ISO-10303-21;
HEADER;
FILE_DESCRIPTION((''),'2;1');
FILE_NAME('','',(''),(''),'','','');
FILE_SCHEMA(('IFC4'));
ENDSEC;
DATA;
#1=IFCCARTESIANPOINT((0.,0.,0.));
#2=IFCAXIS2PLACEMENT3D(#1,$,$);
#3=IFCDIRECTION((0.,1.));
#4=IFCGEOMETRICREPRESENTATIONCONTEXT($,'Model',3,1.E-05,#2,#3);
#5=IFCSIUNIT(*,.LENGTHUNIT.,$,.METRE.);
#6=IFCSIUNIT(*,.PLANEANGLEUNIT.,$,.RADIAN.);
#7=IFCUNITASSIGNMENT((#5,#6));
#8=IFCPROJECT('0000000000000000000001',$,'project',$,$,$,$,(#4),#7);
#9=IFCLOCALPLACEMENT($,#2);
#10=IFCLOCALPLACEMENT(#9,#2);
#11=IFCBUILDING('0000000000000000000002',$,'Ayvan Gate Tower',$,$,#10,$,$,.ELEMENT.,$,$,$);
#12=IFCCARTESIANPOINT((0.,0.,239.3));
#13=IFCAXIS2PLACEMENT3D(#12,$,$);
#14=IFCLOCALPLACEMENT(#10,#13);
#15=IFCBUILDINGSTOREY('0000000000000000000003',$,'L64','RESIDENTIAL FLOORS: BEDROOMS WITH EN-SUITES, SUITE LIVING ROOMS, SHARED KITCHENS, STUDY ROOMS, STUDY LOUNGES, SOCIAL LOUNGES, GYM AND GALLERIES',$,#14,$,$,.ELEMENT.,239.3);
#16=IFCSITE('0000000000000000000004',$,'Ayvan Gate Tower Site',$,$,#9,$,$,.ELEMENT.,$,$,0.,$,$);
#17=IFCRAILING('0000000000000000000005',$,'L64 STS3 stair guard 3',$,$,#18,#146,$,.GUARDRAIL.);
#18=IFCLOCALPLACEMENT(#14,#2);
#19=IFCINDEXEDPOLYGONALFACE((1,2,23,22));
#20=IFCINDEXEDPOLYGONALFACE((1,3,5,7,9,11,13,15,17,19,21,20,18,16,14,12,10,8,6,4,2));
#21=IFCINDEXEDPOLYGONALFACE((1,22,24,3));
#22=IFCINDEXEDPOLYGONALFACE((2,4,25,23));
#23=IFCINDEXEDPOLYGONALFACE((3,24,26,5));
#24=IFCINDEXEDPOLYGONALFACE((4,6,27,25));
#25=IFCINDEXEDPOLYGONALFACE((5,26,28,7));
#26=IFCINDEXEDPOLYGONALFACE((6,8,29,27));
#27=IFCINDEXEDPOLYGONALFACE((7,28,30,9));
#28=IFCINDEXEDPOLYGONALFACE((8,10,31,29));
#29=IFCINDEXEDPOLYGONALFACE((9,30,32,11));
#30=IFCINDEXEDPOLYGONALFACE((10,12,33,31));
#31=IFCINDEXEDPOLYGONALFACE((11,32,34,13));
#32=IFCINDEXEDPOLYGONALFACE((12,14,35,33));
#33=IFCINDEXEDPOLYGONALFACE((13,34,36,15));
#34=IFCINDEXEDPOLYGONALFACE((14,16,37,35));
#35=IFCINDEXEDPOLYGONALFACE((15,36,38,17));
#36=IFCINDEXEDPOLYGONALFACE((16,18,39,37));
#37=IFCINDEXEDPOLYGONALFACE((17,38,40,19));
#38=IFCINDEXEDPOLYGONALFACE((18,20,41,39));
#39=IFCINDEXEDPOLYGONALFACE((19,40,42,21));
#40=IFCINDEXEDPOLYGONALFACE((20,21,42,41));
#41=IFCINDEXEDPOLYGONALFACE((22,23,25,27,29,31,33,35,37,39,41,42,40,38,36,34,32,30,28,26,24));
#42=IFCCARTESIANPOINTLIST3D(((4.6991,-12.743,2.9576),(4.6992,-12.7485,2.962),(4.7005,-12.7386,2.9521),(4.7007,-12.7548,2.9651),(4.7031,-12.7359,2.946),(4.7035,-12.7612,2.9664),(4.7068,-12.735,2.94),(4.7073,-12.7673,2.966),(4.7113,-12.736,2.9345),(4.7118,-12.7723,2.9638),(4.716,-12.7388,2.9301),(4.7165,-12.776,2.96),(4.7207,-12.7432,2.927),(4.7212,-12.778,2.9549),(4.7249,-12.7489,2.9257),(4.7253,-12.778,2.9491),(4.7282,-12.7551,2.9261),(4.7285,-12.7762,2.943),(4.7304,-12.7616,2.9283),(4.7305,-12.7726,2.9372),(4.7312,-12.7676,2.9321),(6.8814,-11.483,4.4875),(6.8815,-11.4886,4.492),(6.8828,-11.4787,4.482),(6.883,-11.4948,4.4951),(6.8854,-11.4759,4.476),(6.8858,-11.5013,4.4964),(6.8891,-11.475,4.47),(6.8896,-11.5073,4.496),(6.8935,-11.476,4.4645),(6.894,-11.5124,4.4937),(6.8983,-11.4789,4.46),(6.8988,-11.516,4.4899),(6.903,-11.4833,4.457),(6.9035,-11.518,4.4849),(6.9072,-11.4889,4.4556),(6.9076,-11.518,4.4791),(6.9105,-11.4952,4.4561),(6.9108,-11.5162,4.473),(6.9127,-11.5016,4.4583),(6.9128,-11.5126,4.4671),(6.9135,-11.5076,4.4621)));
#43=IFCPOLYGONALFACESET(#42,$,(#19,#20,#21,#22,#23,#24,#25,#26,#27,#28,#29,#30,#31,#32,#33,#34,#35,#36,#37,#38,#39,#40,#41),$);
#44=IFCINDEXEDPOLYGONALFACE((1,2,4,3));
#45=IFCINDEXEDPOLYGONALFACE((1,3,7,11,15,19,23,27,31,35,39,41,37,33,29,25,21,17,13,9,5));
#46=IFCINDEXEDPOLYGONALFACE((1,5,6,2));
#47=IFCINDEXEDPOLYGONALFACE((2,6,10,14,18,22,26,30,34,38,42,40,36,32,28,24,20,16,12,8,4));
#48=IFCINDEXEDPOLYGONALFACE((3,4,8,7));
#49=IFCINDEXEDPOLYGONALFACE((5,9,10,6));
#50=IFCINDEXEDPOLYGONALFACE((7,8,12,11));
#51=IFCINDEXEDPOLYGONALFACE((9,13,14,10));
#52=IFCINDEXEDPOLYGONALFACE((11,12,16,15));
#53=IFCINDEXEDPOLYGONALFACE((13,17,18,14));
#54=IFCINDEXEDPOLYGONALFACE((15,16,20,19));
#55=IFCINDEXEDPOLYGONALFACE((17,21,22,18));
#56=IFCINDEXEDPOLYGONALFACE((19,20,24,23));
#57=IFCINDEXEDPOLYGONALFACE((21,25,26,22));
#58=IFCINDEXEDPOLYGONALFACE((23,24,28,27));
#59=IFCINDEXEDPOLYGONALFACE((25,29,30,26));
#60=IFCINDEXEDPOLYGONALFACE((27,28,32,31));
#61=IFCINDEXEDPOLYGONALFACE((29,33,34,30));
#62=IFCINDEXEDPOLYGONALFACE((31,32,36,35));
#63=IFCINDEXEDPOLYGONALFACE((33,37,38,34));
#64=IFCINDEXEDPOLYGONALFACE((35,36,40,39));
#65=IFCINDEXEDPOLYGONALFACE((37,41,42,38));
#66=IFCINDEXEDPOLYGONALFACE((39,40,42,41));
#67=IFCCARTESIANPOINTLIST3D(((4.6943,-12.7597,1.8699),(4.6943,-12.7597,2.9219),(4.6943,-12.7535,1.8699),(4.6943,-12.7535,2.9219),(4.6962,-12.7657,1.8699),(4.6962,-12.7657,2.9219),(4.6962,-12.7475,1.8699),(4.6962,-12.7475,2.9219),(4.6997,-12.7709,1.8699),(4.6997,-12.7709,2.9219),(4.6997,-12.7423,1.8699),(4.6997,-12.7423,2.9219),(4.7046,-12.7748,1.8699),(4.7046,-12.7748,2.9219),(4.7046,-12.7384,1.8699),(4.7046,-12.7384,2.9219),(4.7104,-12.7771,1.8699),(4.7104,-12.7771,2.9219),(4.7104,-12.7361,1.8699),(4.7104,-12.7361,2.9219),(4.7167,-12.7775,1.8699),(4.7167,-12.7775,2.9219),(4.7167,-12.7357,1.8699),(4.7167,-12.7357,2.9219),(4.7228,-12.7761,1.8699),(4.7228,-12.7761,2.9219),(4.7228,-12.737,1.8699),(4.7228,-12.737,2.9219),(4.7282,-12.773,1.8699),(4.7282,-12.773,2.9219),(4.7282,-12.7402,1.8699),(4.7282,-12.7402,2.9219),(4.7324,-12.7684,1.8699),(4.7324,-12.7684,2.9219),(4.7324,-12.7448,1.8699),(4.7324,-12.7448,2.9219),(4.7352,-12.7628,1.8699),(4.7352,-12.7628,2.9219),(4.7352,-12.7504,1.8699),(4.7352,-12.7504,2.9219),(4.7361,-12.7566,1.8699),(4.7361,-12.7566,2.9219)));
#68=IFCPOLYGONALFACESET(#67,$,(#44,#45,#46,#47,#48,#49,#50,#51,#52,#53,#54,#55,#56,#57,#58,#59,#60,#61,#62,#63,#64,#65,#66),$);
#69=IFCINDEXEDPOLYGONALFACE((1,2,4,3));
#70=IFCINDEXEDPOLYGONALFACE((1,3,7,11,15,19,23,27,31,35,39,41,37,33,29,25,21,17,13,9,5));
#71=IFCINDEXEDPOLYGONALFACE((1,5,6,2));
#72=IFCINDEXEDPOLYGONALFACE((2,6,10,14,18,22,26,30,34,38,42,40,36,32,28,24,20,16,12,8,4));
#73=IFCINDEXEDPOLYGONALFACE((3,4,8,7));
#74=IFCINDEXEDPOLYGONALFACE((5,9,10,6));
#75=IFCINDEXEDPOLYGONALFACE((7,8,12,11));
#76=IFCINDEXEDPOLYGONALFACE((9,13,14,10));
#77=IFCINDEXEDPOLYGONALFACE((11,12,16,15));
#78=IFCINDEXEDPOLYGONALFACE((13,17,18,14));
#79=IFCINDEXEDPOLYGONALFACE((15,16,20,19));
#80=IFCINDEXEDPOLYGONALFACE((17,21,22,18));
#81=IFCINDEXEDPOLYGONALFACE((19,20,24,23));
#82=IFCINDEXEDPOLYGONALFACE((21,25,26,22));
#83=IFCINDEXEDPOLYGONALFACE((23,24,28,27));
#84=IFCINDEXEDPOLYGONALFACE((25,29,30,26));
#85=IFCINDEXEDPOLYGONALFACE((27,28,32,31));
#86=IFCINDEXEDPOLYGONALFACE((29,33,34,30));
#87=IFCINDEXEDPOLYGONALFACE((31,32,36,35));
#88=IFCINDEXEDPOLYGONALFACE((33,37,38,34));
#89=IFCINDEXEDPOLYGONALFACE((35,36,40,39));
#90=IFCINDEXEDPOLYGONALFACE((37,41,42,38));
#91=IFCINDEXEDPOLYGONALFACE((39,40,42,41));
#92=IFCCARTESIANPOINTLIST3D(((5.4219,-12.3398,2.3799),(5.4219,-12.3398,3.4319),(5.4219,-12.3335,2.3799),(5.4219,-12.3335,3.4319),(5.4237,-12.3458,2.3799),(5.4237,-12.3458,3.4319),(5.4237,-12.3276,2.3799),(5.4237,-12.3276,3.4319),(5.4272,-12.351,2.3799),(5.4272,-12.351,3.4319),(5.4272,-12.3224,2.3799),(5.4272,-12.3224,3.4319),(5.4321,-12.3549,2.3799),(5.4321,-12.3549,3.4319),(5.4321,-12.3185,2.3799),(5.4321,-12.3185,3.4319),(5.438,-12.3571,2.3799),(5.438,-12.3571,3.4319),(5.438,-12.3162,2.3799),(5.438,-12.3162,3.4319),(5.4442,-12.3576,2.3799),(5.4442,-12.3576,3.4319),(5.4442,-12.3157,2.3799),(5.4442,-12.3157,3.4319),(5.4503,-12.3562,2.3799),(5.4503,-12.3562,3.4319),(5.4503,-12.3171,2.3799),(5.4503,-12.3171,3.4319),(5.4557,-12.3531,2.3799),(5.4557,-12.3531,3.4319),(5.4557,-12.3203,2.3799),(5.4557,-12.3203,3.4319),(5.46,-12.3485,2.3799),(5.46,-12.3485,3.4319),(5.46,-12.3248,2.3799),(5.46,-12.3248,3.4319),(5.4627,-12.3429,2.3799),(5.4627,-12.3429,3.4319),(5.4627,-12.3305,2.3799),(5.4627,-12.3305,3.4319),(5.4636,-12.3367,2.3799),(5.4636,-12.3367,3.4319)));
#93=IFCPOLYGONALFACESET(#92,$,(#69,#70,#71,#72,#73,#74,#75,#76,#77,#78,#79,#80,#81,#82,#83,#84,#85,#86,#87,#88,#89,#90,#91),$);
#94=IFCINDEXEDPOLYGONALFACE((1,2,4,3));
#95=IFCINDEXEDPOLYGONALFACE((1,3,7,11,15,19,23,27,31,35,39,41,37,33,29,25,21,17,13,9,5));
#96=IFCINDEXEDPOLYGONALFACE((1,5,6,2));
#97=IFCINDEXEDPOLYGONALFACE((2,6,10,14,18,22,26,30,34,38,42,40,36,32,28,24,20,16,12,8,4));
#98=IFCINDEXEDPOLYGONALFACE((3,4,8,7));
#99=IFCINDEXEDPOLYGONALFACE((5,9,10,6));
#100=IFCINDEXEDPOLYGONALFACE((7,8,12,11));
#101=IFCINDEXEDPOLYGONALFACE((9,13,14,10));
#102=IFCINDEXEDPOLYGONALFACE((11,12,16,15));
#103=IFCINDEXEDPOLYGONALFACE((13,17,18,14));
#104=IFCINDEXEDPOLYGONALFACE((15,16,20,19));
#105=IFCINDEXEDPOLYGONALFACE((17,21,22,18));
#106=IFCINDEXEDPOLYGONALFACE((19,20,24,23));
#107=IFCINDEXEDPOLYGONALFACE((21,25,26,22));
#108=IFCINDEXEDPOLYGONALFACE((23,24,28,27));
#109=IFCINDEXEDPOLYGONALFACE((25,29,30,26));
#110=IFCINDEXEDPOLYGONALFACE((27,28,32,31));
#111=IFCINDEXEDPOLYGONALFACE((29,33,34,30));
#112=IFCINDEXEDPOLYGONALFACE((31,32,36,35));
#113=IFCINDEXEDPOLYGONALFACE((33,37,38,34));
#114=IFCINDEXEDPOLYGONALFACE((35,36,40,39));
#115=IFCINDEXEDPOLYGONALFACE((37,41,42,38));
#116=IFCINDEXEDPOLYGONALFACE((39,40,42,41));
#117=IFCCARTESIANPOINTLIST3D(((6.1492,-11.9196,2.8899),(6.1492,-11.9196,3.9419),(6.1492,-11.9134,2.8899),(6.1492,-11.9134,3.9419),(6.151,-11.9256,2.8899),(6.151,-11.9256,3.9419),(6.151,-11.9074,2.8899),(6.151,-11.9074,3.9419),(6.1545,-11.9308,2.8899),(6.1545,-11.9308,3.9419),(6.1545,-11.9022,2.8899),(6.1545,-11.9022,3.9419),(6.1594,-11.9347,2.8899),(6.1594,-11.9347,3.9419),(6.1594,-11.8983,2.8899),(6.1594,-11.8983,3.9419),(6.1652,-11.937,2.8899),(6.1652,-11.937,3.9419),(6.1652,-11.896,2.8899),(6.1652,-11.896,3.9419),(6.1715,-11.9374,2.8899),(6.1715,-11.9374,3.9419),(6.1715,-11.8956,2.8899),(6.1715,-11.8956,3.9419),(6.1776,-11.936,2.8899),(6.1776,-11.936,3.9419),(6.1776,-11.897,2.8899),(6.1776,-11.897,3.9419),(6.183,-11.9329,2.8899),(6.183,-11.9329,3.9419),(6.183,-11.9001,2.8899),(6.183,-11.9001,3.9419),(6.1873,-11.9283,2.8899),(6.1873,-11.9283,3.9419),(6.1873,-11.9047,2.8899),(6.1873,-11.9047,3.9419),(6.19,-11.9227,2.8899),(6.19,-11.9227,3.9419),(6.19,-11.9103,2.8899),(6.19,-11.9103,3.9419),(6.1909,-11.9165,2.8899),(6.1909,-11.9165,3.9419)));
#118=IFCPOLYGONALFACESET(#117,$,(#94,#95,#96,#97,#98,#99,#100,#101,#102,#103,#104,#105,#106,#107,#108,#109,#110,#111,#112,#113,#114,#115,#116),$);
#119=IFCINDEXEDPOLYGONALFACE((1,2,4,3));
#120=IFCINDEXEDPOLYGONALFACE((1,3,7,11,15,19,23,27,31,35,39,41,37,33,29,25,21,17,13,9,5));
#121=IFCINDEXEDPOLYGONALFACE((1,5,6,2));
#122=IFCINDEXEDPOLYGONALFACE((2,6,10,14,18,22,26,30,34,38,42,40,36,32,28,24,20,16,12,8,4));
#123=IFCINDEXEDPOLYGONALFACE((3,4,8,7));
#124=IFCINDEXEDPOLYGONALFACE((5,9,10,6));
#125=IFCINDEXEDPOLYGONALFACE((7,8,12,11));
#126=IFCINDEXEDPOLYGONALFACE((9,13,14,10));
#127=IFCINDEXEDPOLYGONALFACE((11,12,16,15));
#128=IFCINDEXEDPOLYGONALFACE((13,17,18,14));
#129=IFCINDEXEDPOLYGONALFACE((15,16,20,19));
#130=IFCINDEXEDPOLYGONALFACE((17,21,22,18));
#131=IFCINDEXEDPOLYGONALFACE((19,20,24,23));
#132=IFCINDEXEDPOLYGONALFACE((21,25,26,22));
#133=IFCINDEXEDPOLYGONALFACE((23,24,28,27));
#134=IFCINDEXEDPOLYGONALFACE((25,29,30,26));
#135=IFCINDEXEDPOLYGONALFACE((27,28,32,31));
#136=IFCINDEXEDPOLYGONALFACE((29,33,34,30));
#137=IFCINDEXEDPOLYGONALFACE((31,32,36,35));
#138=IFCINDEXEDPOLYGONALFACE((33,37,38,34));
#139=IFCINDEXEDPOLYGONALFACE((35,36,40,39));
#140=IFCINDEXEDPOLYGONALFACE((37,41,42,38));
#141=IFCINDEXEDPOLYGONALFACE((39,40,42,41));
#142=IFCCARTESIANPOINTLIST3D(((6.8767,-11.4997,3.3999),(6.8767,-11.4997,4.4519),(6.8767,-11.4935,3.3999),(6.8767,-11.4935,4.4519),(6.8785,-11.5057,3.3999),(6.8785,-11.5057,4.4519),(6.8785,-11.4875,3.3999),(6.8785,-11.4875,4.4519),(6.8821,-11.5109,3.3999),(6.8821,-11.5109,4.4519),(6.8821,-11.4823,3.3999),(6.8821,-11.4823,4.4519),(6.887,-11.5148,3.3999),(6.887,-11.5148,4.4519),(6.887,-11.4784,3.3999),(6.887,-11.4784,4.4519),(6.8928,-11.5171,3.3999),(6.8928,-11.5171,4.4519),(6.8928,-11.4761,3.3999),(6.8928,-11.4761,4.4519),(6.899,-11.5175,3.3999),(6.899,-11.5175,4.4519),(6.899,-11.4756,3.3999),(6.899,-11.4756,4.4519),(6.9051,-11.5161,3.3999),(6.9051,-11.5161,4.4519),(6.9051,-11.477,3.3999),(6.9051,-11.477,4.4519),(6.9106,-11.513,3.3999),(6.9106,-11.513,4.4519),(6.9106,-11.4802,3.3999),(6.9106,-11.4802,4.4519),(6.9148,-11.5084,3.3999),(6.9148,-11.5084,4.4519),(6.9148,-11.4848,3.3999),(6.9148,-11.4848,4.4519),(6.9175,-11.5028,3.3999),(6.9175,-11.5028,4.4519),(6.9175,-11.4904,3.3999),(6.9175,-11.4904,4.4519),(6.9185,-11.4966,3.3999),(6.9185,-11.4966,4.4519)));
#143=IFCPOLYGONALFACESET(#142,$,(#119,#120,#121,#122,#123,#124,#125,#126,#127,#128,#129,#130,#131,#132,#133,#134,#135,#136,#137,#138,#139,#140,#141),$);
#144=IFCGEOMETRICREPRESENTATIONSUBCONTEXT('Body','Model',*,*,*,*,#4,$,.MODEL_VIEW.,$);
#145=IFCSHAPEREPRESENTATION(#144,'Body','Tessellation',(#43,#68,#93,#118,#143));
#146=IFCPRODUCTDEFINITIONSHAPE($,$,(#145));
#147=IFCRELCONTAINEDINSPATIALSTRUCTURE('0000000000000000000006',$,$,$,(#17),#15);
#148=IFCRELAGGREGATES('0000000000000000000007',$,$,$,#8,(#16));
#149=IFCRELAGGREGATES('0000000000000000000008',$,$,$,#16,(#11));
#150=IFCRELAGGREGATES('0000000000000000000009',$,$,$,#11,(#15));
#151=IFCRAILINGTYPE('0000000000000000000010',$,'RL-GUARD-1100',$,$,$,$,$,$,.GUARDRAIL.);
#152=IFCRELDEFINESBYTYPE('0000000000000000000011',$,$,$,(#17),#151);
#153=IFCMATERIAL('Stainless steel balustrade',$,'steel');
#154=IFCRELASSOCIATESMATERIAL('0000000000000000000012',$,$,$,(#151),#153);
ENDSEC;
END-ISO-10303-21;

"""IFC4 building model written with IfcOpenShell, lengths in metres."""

from ifc_helpers import new_model, si_unit, direction, frame, origin, origin_2d, place, context, subcontext, project, spatial, circle, extrude, material, type_object, element, save


model = new_model("IFC4")

# Units and contexts
model_context = context("Model", 3, precision=1e-05, world=origin(), true_north=direction((0.0, 1.0)))
body_context = subcontext(model_context, "Body", "Model", "MODEL_VIEW")
ifc_project = project(units=[si_unit("LENGTHUNIT", "METRE"), si_unit("PLANEANGLEUNIT", "RADIAN")], contexts=[model_context])

# Site, building, storey
site_placement = place(None, origin())
site = spatial("IfcSite", under=ifc_project, at=site_placement, Name="Ayvan Gate Tower Site", CompositionType="ELEMENT", RefElevation=0.0)
building_placement = place(site_placement, origin())
building = spatial("IfcBuilding", under=site, at=building_placement, Name="Ayvan Gate Tower", CompositionType="ELEMENT")
storey_placement = place(building_placement, frame((0.0, 0.0, 239.3)))
storey = spatial("IfcBuildingStorey", under=building, at=storey_placement, Name="L64", Description="RESIDENTIAL FLOORS: BEDROOMS WITH EN-SUITES, SUITE LIVING ROOMS, SHARED KITCHENS, STUDY ROOMS, STUDY LOUNGES, SOCIAL LOUNGES, GYM AND GALLERIES", CompositionType="ELEMENT", Elevation=239.3)

# Railing
ifc_material_1 = material(Name="Stainless steel balustrade", Category="steel")
railing_type_1 = type_object("IfcRailingType", Name="RL-GUARD-1100", PredefinedType="GUARDRAIL", material=ifc_material_1)
railing_1_placement = place(storey_placement, frame((4.7151, -12.7566, 1.8699)))
element("IfcRailing", 1, at=railing_1_placement, inside=storey, type_object=railing_type_1, Name="L64 STS3 stair guard 3", PredefinedType="GUARDRAIL", context=body_context, shape_type="SweptSolid", body=[
    extrude(circle(Radius=0.0239, at=origin_2d()), frame((0.0, 0.0, 1.0762), z_axis=(0.740261, 0.427395, 0.518986), x_axis=(-0.500005, 0.866023, 0.0)), (0.0, 0.0, 1.0), 2.948),
    extrude(circle(Radius=0.021, at=origin_2d()), origin(), (0.0, 0.0, 1.0), 1.052),
    extrude(circle(Radius=0.021, at=origin_2d()), frame((0.7275, 0.4199, 0.51)), (0.0, 0.0, 1.0), 1.052),
    extrude(circle(Radius=0.021, at=origin_2d()), frame((1.4548, 0.8401, 1.02)), (0.0, 0.0, 1.0), 1.052),
    extrude(circle(Radius=0.021, at=origin_2d()), frame((2.1824, 1.26, 1.53)), (0.0, 0.0, 1.0), 1.052),
])

save(model, "model.ifc")
